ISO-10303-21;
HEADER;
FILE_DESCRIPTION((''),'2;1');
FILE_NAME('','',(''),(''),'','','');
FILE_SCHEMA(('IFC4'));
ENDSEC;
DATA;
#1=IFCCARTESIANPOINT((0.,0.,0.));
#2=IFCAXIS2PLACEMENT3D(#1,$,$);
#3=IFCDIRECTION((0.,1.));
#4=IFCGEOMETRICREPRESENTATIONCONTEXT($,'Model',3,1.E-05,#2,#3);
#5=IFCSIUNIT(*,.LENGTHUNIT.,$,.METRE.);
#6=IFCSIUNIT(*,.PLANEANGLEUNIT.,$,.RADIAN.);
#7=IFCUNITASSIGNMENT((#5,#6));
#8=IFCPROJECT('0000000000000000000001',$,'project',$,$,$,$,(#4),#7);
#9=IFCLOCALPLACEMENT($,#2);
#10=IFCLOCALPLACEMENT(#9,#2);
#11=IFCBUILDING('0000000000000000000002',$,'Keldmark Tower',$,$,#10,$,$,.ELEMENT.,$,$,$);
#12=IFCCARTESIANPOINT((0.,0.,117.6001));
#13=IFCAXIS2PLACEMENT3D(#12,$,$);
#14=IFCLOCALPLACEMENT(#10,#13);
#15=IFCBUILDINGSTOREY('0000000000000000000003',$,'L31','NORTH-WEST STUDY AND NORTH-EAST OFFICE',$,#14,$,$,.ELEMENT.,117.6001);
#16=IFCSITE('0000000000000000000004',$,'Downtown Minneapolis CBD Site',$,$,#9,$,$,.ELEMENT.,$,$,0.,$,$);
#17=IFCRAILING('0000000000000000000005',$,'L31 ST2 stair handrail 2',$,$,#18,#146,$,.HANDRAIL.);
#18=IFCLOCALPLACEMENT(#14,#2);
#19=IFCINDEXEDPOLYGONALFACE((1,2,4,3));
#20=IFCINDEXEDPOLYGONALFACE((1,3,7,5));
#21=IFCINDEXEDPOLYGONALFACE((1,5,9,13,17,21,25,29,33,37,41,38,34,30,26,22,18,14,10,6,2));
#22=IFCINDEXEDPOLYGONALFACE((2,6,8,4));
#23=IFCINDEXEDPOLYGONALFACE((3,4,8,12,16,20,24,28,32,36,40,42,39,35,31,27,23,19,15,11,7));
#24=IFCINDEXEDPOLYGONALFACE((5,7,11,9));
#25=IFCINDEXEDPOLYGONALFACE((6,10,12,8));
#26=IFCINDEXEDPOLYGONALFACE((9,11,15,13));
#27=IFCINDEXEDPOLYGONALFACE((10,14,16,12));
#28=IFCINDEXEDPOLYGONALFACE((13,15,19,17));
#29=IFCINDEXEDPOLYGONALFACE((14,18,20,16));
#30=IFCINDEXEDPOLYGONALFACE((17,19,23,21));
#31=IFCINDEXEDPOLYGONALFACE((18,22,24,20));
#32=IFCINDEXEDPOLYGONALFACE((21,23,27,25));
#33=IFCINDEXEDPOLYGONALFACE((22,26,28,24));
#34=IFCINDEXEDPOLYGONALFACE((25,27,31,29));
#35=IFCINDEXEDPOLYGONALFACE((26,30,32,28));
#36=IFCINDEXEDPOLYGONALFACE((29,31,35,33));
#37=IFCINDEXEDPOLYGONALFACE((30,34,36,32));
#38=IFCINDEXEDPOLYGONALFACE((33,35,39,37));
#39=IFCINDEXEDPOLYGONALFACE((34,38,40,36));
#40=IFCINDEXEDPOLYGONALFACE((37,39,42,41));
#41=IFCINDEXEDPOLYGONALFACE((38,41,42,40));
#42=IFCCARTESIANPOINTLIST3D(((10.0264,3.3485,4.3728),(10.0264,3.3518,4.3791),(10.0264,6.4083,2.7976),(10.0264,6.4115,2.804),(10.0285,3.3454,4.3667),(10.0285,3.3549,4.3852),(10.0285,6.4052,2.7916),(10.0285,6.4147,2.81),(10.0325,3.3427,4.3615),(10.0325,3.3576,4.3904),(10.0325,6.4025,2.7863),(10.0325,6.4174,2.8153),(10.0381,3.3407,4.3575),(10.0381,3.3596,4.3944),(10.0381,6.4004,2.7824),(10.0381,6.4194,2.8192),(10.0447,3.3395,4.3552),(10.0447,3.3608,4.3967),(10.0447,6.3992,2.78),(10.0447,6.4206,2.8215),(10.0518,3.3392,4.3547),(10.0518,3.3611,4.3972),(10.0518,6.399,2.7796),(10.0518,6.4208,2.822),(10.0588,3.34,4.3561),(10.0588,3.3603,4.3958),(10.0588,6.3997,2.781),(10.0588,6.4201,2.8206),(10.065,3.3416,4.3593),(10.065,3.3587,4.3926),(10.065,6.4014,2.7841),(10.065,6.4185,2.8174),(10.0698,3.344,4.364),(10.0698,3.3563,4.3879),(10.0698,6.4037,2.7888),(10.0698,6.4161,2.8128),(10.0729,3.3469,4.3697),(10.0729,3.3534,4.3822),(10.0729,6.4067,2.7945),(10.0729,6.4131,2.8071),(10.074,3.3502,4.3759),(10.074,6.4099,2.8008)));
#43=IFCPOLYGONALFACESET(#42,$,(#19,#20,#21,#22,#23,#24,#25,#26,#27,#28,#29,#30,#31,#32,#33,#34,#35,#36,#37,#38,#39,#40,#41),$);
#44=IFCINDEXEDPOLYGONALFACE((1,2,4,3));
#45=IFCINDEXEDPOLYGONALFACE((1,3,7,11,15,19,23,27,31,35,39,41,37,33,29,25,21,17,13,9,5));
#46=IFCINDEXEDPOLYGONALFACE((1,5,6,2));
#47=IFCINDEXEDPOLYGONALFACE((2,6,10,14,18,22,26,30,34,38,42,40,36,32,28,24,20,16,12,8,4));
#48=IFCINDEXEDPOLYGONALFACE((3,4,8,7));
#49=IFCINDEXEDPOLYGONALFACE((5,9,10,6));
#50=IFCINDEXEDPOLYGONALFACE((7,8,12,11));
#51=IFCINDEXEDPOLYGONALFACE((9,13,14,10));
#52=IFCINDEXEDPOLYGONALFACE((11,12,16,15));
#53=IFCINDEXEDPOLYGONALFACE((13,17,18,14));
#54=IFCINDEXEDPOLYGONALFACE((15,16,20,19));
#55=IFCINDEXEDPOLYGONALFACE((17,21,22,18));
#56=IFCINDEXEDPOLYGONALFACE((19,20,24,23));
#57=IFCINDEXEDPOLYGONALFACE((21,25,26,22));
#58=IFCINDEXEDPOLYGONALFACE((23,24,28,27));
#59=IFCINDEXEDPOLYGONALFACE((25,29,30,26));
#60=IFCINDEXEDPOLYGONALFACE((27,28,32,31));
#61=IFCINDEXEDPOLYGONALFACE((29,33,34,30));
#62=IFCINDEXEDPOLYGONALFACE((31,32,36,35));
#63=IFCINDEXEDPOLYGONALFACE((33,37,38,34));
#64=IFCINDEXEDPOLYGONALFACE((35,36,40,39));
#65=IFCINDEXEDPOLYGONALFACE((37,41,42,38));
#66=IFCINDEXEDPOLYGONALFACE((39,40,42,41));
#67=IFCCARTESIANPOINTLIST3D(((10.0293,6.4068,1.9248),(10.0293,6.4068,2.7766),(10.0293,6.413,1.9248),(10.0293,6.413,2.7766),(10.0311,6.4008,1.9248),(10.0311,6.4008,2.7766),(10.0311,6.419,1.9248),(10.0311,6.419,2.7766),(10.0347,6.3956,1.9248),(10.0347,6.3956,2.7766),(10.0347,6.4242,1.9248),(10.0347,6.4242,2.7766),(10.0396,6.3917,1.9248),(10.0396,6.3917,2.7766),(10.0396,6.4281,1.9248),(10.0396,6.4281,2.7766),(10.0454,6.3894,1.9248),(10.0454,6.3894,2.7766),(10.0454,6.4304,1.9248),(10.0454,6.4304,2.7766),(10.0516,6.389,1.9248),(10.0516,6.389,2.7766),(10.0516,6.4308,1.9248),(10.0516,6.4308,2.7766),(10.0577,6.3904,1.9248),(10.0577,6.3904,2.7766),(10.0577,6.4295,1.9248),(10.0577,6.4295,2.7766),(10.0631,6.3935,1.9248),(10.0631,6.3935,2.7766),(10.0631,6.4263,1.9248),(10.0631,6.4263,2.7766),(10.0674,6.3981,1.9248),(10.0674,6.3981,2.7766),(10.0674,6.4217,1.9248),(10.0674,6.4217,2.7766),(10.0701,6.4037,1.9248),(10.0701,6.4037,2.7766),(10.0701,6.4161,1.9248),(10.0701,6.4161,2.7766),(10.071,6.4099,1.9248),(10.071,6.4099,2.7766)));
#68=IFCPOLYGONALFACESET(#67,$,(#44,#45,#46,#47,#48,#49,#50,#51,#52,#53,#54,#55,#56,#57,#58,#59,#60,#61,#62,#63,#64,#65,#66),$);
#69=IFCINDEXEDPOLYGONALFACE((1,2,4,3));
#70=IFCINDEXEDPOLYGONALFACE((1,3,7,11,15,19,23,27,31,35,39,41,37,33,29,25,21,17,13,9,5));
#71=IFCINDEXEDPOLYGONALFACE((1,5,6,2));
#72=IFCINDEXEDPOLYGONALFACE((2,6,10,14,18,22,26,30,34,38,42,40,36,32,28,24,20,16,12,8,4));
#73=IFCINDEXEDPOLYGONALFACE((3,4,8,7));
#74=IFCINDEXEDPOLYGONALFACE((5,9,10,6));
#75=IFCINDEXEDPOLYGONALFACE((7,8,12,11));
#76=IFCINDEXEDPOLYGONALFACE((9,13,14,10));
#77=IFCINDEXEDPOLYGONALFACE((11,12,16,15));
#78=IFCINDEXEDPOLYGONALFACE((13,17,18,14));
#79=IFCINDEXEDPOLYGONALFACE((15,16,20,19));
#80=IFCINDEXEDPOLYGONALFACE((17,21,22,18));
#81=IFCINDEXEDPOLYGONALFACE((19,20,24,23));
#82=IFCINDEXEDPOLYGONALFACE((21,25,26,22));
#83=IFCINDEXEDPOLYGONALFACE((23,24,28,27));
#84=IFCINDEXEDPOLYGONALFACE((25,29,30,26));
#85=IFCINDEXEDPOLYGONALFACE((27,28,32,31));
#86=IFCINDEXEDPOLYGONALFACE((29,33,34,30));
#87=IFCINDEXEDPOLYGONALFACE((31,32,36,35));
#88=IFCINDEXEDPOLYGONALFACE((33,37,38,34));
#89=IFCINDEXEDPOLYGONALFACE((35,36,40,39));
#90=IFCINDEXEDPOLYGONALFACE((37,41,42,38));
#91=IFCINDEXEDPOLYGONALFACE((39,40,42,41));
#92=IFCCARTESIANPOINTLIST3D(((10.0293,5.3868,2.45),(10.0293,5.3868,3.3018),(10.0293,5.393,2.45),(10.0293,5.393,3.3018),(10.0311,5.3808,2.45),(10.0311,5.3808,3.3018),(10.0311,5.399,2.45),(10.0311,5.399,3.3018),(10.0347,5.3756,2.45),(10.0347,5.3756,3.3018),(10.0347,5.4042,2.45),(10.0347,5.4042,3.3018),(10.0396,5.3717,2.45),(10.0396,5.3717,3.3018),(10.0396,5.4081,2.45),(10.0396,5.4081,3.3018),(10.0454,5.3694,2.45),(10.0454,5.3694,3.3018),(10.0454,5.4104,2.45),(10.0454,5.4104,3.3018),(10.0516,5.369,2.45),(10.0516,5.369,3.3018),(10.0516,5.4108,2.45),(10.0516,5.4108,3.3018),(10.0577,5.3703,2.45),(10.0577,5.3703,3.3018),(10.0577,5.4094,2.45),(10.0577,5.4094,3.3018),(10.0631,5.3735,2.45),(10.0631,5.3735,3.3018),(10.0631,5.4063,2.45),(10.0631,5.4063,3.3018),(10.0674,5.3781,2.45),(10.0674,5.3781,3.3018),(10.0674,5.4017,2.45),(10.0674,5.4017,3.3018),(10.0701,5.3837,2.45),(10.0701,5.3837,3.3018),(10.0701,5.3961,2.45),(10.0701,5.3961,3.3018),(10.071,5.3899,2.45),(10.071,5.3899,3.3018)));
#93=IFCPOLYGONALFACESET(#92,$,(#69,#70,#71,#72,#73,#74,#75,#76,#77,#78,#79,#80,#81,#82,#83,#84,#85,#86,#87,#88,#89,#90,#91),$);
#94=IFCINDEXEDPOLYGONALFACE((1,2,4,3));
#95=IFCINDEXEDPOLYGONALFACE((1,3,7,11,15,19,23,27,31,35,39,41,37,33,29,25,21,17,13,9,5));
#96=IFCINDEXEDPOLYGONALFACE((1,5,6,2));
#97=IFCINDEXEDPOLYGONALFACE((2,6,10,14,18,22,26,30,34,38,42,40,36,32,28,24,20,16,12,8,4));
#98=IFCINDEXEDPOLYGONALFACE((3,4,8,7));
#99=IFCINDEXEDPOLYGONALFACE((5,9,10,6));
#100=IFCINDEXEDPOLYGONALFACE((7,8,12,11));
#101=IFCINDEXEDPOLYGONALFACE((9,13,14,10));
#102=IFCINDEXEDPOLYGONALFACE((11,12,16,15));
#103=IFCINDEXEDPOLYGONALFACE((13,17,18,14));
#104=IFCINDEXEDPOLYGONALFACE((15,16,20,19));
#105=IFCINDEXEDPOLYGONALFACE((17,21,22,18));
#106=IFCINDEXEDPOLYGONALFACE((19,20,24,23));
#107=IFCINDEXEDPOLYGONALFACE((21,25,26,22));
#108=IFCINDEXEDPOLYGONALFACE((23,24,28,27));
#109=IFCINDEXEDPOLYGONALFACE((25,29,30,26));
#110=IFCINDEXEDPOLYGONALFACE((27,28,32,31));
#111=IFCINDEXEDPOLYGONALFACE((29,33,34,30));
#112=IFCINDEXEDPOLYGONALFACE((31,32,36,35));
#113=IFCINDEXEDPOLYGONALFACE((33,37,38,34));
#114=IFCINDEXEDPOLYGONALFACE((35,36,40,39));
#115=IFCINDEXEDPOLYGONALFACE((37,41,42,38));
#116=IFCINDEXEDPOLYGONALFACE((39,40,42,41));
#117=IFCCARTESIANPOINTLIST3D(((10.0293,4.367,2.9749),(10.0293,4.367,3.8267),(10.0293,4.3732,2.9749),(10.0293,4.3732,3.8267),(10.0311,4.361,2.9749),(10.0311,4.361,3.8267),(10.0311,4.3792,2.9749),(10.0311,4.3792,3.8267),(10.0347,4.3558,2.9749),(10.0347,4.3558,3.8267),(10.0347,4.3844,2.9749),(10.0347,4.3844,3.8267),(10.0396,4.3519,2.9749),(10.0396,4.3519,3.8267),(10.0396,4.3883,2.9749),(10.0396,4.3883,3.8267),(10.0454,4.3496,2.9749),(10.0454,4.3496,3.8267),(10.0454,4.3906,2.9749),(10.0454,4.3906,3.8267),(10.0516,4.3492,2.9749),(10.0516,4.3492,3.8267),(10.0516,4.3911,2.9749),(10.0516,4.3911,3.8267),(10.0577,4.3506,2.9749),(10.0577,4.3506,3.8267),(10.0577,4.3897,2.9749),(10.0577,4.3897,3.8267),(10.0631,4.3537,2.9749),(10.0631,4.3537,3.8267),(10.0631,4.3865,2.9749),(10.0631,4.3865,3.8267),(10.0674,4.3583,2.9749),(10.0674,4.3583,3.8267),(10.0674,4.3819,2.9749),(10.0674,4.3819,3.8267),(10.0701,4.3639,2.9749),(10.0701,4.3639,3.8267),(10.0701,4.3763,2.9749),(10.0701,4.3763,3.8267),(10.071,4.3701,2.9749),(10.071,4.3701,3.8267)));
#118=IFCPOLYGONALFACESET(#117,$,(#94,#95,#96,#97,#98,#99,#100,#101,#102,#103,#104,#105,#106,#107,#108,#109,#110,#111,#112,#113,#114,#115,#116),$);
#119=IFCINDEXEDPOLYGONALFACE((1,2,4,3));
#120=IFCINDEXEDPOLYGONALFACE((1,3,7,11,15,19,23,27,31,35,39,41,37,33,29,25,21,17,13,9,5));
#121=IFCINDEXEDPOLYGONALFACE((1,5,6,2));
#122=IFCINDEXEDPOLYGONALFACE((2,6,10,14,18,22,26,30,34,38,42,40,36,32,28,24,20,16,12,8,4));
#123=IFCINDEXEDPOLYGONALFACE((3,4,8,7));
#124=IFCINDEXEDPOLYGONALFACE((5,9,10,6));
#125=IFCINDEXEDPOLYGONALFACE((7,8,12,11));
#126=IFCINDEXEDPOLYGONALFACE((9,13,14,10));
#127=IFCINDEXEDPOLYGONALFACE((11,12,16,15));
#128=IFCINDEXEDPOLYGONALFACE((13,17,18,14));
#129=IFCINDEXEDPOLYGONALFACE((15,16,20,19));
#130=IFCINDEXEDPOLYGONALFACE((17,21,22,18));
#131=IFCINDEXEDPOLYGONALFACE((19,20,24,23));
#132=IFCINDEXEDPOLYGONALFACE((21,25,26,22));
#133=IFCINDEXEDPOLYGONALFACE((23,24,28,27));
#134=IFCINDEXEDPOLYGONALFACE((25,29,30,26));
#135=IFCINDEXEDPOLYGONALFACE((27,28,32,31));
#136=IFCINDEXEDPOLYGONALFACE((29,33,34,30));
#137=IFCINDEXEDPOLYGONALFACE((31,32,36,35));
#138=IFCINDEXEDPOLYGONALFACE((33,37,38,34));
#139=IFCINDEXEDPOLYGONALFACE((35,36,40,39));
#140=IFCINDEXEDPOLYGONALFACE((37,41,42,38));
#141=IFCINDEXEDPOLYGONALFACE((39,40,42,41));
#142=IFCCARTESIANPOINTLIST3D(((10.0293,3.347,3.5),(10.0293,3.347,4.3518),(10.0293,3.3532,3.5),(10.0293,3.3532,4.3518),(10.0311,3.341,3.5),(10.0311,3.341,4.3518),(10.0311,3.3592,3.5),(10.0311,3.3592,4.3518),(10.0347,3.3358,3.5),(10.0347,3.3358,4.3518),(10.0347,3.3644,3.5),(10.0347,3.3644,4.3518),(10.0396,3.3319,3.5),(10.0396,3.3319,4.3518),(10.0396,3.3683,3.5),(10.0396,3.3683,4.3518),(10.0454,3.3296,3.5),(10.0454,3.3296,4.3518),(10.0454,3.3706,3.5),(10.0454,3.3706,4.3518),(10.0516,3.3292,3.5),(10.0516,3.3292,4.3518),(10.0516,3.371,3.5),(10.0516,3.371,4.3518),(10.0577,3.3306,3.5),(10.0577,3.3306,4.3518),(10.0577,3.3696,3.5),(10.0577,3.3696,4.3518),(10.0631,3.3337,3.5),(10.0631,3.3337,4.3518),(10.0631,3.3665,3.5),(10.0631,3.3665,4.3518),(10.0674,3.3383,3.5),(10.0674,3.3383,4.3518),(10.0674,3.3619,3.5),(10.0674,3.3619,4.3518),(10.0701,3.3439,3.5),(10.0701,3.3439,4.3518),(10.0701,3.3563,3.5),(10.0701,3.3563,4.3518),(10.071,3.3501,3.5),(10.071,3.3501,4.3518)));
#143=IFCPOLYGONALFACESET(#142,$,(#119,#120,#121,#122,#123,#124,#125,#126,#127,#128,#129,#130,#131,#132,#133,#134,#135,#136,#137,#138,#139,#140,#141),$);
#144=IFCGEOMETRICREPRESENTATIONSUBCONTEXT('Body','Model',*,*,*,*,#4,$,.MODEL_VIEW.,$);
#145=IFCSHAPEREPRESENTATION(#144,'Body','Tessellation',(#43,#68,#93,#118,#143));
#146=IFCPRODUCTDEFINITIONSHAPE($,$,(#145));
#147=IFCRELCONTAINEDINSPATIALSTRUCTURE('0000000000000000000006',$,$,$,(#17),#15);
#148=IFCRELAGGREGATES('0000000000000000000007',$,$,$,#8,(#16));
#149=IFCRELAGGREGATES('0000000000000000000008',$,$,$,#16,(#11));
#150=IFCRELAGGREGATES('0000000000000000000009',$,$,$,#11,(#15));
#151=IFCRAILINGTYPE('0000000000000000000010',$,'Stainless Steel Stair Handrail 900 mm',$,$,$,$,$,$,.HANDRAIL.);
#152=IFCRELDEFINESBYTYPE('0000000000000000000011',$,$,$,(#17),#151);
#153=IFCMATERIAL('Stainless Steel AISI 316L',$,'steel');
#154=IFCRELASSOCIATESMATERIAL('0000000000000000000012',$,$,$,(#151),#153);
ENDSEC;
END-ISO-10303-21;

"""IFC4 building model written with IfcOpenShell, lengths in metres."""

from ifc_helpers import new_model, si_unit, direction, frame, origin, origin_2d, place, context, subcontext, project, spatial, circle, extrude, material, type_object, element, save


model = new_model("IFC4")

# Units and contexts
model_context = context("Model", 3, precision=1e-05, world=origin(), true_north=direction((0.0, 1.0)))
body_context = subcontext(model_context, "Body", "Model", "MODEL_VIEW")
ifc_project = project(units=[si_unit("LENGTHUNIT", "METRE"), si_unit("PLANEANGLEUNIT", "RADIAN")], contexts=[model_context])

# Site, building, storey
site_placement = place(None, origin())
site = spatial("IfcSite", under=ifc_project, at=site_placement, Name="Downtown Minneapolis CBD Site", CompositionType="ELEMENT", RefElevation=0.0)
building_placement = place(site_placement, origin())
building = spatial("IfcBuilding", under=site, at=building_placement, Name="Keldmark Tower", CompositionType="ELEMENT")
storey_placement = place(building_placement, frame((0.0, 0.0, 117.6001)))
storey = spatial("IfcBuildingStorey", under=building, at=storey_placement, Name="L31", Description="NORTH-WEST STUDY AND NORTH-EAST OFFICE", CompositionType="ELEMENT", Elevation=117.6001)

# Railing
ifc_material_1 = material(Name="Stainless Steel AISI 316L", Category="steel")
railing_type = type_object("IfcRailingType", Name="Stainless Steel Stair Handrail 900 mm", PredefinedType="HANDRAIL", material=ifc_material_1)
railing_placement = place(storey_placement, frame((10.05, 6.4099, 1.9248)))
element("IfcRailing", 1, at=railing_placement, inside=storey, type_object=railing_type, Name="L31 ST2 stair handrail 2", PredefinedType="HANDRAIL", context=body_context, shape_type="SweptSolid", body=[
    extrude(circle(Radius=0.0239, at=origin_2d()), frame((0.0, 0.0, 0.876), z_axis=(0.0, -0.889101, 0.45771), x_axis=(1.0, 0.0, 0.0)), (0.0, 0.0, 1.0), 3.4414),
    extrude(circle(Radius=0.021, at=origin_2d()), origin(), (0.0, 0.0, 1.0), 0.8518),
    extrude(circle(Radius=0.021, at=origin_2d()), frame((0.0, -1.02, 0.5251)), (0.0, 0.0, 1.0), 0.8518),
    extrude(circle(Radius=0.021, at=origin_2d()), frame((0.0, -2.0398, 1.05)), (0.0, 0.0, 1.0), 0.8518),
    extrude(circle(Radius=0.021, at=origin_2d()), frame((0.0, -3.0598, 1.5752)), (0.0, 0.0, 1.0), 0.8518),
])

save(model, "model.ifc")
